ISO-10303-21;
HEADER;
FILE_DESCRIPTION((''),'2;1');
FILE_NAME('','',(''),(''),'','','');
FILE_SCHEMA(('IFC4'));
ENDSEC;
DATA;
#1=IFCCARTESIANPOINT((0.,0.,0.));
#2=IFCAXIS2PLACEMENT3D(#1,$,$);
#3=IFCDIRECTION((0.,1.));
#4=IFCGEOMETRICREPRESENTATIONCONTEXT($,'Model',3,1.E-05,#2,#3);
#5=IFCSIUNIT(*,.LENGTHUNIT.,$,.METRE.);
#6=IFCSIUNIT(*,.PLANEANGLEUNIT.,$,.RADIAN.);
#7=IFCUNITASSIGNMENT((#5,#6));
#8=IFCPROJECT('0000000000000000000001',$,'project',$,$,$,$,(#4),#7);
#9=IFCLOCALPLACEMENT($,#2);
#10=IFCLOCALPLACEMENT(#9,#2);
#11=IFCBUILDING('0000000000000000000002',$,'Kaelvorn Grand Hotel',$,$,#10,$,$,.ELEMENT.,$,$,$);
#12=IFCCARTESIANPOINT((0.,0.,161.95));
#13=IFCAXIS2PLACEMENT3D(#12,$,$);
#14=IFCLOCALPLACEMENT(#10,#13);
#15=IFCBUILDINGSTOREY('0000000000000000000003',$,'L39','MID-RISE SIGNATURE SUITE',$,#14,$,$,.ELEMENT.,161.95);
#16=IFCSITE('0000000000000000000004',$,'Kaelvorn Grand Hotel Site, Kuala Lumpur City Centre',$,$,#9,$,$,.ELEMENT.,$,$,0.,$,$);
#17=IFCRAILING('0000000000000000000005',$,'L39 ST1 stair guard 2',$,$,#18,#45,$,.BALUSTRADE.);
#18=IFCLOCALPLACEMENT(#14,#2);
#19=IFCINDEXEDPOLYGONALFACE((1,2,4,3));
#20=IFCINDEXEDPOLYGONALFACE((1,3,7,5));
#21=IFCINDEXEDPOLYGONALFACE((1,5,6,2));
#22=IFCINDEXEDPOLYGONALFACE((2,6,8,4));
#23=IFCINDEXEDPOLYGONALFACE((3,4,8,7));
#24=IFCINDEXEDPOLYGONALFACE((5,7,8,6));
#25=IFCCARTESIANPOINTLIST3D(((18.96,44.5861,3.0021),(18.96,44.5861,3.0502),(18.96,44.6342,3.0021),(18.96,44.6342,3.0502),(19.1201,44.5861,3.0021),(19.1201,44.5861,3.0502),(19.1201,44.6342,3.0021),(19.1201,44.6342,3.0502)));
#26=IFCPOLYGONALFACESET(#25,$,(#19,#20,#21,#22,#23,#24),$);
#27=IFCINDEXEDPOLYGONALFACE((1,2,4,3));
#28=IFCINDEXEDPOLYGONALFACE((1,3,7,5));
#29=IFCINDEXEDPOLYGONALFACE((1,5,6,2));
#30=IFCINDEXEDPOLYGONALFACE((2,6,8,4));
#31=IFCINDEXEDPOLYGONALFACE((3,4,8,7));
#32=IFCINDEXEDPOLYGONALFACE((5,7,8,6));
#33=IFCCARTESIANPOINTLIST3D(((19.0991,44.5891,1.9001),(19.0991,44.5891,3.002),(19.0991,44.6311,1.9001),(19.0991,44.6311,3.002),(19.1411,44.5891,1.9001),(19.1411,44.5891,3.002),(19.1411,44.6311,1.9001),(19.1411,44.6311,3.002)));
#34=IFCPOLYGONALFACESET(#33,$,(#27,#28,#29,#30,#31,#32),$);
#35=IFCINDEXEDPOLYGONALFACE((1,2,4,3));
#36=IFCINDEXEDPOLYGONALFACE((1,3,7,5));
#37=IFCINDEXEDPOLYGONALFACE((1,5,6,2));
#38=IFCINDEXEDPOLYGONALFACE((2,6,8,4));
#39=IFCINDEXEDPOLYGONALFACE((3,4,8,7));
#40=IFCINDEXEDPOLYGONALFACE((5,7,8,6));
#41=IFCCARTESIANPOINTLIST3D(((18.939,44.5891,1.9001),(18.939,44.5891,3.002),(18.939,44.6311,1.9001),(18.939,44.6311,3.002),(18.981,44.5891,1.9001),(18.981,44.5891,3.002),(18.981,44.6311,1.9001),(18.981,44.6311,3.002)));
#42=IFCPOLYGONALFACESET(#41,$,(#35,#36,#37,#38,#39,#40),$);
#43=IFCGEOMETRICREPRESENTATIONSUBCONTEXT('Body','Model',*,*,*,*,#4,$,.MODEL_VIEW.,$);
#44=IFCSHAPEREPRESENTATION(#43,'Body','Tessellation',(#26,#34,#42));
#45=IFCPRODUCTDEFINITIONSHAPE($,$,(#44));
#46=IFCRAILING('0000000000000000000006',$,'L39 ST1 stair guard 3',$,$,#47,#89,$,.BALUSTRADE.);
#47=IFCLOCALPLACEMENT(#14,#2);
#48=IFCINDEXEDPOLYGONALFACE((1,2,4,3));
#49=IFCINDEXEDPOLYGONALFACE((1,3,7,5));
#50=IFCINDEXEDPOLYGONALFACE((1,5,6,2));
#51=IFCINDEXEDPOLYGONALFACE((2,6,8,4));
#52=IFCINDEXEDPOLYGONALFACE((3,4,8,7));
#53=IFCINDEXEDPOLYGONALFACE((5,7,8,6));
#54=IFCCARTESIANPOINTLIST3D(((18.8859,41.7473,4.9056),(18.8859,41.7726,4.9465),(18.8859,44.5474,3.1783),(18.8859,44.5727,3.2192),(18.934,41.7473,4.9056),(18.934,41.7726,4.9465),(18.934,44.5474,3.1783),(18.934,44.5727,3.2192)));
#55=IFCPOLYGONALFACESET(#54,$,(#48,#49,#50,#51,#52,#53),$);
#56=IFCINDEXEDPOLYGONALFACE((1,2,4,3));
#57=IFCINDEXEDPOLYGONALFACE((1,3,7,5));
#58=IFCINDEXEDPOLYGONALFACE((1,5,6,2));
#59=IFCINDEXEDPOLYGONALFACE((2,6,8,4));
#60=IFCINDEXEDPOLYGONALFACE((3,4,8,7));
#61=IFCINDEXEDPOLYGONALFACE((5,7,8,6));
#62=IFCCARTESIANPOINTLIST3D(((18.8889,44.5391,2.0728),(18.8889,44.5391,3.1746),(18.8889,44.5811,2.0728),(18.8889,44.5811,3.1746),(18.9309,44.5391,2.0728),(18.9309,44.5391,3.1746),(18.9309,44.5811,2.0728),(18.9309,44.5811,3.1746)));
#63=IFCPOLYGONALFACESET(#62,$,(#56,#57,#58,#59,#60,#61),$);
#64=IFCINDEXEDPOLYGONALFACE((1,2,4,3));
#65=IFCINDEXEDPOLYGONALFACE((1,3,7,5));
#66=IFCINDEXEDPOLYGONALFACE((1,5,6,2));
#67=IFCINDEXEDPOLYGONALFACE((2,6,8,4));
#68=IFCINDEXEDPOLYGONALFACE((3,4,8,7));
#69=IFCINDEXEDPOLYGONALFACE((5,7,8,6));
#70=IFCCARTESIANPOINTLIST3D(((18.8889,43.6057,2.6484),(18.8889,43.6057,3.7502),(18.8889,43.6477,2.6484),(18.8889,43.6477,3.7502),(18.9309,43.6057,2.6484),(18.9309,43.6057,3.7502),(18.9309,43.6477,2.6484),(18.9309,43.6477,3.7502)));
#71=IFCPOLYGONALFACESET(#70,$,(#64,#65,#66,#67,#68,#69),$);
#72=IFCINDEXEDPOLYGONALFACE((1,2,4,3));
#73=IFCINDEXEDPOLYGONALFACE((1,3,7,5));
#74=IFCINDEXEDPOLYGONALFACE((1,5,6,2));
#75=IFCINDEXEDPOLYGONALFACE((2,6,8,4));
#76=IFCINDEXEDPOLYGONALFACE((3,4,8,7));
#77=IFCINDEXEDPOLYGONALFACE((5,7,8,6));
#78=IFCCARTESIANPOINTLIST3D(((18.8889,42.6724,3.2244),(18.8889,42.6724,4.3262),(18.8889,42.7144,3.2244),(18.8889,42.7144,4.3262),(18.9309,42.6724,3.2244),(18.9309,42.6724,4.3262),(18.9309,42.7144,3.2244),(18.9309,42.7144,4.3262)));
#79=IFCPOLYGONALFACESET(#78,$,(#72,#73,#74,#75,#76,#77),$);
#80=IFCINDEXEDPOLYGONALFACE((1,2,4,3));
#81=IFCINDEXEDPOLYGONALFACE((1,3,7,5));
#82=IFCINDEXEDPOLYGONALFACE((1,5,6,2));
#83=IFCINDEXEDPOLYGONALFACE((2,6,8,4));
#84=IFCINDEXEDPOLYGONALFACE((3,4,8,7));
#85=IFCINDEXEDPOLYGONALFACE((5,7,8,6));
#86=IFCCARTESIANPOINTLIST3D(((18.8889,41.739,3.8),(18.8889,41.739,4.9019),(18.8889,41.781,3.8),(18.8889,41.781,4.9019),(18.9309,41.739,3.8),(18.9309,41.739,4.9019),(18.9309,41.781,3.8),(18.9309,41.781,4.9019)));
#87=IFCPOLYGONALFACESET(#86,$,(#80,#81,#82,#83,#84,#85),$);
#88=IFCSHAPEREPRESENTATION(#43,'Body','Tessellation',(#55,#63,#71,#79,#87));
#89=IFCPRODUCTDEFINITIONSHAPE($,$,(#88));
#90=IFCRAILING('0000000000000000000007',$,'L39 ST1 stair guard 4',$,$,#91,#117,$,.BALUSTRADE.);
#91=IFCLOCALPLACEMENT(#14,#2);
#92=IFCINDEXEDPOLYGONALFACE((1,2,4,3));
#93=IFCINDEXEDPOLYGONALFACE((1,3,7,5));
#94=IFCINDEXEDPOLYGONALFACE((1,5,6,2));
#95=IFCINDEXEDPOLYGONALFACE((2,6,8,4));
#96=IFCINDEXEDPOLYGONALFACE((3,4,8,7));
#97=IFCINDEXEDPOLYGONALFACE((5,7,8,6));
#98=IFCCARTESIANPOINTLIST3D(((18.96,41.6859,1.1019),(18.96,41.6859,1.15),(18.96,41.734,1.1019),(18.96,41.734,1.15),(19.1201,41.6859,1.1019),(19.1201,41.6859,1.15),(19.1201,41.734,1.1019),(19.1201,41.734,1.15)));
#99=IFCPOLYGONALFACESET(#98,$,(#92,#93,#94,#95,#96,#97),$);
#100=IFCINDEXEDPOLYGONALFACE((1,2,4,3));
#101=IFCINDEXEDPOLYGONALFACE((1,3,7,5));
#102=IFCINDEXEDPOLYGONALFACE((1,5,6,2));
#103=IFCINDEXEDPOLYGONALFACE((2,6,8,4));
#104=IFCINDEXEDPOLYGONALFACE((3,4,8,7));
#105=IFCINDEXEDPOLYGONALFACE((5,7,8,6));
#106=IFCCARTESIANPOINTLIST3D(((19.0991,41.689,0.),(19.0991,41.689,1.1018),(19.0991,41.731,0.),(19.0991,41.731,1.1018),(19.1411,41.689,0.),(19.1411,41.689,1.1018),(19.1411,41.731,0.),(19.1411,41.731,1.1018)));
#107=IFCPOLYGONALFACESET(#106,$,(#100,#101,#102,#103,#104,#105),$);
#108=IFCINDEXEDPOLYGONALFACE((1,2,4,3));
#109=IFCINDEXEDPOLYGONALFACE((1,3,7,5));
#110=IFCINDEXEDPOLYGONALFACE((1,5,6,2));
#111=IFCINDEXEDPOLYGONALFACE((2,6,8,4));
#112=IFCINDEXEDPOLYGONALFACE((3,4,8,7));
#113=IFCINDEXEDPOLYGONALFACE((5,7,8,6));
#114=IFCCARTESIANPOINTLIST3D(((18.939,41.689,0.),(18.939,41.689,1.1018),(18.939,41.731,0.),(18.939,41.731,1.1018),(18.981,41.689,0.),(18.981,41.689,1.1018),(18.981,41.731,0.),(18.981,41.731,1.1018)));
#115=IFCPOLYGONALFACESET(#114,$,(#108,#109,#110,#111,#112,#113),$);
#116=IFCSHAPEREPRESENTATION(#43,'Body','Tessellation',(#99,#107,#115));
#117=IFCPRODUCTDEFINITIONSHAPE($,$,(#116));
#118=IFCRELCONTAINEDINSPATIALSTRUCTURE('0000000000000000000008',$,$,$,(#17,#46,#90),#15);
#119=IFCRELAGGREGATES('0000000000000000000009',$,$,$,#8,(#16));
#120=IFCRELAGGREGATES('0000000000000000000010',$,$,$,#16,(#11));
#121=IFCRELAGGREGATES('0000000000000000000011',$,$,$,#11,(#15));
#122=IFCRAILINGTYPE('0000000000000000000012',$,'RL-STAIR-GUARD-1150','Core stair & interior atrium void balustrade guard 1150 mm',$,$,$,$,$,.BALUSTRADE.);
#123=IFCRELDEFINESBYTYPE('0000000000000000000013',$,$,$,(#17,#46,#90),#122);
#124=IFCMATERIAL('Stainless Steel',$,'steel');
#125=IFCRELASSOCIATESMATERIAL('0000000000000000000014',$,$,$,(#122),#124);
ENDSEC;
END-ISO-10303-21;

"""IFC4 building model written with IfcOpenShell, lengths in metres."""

from ifc_helpers import new_model, si_unit, direction, frame, origin, origin_2d, place, context, subcontext, project, spatial, rectangle, extrude, material, type_object, element, save


model = new_model("IFC4")

# Units and contexts
model_context = context("Model", 3, precision=1e-05, world=origin(), true_north=direction((0.0, 1.0)))
body_context = subcontext(model_context, "Body", "Model", "MODEL_VIEW")
ifc_project = project(units=[si_unit("LENGTHUNIT", "METRE"), si_unit("PLANEANGLEUNIT", "RADIAN")], contexts=[model_context])

# Site, building, storey
site_placement = place(None, origin())
site = spatial("IfcSite", under=ifc_project, at=site_placement, Name="Kaelvorn Grand Hotel Site, Kuala Lumpur City Centre", CompositionType="ELEMENT", RefElevation=0.0)
building_placement = place(site_placement, origin())
building = spatial("IfcBuilding", under=site, at=building_placement, Name="Kaelvorn Grand Hotel", CompositionType="ELEMENT")
storey_placement = place(building_placement, frame((0.0, 0.0, 161.95)))
storey = spatial("IfcBuildingStorey", under=building, at=storey_placement, Name="L39", Description="MID-RISE SIGNATURE SUITE", CompositionType="ELEMENT", Elevation=161.95)

# Railings
ifc_material_1 = material(Name="Stainless Steel", Category="steel")
railing_type_1 = type_object("IfcRailingType", Name="RL-STAIR-GUARD-1150", Description="Core stair & interior atrium void balustrade guard 1150 mm", PredefinedType="BALUSTRADE", material=ifc_material_1)
railing_1_placement = place(storey_placement, frame((19.1201, 44.6101, 1.9001)))
element("IfcRailing", 1, at=railing_1_placement, inside=storey, type_object=railing_type_1, Name="L39 ST1 stair guard 2", PredefinedType="BALUSTRADE", context=body_context, shape_type="SweptSolid", body=[
    extrude(rectangle(XDim=0.0481, YDim=0.0481, at=origin_2d()), frame((0.0, 0.0, 1.126), z_axis=(-1.0, 0.0, 0.0), x_axis=(0.0, -1.0, 0.0)), (0.0, 0.0, 1.0), 0.1602),
    extrude(rectangle(XDim=0.042, YDim=0.042, at=origin_2d()), origin(), (0.0, 0.0, 1.0), 1.1018),
    extrude(rectangle(XDim=0.042, YDim=0.042, at=origin_2d()), frame((-0.1602, 0.0, 0.0)), (0.0, 0.0, 1.0), 1.1018),
])
railing_2_placement = place(storey_placement, frame((18.9099, 44.5601, 2.0728)))
element("IfcRailing", 2, at=railing_2_placement, inside=storey, type_object=railing_type_1, Name="L39 ST1 stair guard 3", PredefinedType="BALUSTRADE", context=body_context, shape_type="SweptSolid", body=[
    extrude(rectangle(XDim=0.0481, YDim=0.0481, at=origin_2d()), frame((0.0, 0.0, 1.126), z_axis=(0.0, -0.85109, 0.52502), x_axis=(1.0, 0.0, 0.0)), (0.0, 0.0, 1.0), 3.29),
    extrude(rectangle(XDim=0.042, YDim=0.042, at=origin_2d()), origin(), (0.0, 0.0, 1.0), 1.1018),
    extrude(rectangle(XDim=0.042, YDim=0.042, at=origin_2d()), frame((0.0, -0.9333, 0.5757)), (0.0, 0.0, 1.0), 1.1018),
    extrude(rectangle(XDim=0.042, YDim=0.042, at=origin_2d()), frame((0.0, -1.8667, 1.1516)), (0.0, 0.0, 1.0), 1.1018),
    extrude(rectangle(XDim=0.042, YDim=0.042, at=origin_2d()), frame((0.0, -2.8, 1.7273)), (0.0, 0.0, 1.0), 1.1018),
])
railing_3_placement = place(storey_placement, frame((19.1201, 41.71, 0.0)))
element("IfcRailing", 3, at=railing_3_placement, inside=storey, type_object=railing_type_1, Name="L39 ST1 stair guard 4", PredefinedType="BALUSTRADE", context=body_context, shape_type="SweptSolid", body=[
    extrude(rectangle(XDim=0.0481, YDim=0.0481, at=origin_2d()), frame((0.0, 0.0, 1.126), z_axis=(-1.0, 0.0, 0.0), x_axis=(0.0, -1.0, 0.0)), (0.0, 0.0, 1.0), 0.1602),
    extrude(rectangle(XDim=0.042, YDim=0.042, at=origin_2d()), origin(), (0.0, 0.0, 1.0), 1.1018),
    extrude(rectangle(XDim=0.042, YDim=0.042, at=origin_2d()), frame((-0.1602, 0.0, 0.0)), (0.0, 0.0, 1.0), 1.1018),
])

save(model, "model.ifc")
